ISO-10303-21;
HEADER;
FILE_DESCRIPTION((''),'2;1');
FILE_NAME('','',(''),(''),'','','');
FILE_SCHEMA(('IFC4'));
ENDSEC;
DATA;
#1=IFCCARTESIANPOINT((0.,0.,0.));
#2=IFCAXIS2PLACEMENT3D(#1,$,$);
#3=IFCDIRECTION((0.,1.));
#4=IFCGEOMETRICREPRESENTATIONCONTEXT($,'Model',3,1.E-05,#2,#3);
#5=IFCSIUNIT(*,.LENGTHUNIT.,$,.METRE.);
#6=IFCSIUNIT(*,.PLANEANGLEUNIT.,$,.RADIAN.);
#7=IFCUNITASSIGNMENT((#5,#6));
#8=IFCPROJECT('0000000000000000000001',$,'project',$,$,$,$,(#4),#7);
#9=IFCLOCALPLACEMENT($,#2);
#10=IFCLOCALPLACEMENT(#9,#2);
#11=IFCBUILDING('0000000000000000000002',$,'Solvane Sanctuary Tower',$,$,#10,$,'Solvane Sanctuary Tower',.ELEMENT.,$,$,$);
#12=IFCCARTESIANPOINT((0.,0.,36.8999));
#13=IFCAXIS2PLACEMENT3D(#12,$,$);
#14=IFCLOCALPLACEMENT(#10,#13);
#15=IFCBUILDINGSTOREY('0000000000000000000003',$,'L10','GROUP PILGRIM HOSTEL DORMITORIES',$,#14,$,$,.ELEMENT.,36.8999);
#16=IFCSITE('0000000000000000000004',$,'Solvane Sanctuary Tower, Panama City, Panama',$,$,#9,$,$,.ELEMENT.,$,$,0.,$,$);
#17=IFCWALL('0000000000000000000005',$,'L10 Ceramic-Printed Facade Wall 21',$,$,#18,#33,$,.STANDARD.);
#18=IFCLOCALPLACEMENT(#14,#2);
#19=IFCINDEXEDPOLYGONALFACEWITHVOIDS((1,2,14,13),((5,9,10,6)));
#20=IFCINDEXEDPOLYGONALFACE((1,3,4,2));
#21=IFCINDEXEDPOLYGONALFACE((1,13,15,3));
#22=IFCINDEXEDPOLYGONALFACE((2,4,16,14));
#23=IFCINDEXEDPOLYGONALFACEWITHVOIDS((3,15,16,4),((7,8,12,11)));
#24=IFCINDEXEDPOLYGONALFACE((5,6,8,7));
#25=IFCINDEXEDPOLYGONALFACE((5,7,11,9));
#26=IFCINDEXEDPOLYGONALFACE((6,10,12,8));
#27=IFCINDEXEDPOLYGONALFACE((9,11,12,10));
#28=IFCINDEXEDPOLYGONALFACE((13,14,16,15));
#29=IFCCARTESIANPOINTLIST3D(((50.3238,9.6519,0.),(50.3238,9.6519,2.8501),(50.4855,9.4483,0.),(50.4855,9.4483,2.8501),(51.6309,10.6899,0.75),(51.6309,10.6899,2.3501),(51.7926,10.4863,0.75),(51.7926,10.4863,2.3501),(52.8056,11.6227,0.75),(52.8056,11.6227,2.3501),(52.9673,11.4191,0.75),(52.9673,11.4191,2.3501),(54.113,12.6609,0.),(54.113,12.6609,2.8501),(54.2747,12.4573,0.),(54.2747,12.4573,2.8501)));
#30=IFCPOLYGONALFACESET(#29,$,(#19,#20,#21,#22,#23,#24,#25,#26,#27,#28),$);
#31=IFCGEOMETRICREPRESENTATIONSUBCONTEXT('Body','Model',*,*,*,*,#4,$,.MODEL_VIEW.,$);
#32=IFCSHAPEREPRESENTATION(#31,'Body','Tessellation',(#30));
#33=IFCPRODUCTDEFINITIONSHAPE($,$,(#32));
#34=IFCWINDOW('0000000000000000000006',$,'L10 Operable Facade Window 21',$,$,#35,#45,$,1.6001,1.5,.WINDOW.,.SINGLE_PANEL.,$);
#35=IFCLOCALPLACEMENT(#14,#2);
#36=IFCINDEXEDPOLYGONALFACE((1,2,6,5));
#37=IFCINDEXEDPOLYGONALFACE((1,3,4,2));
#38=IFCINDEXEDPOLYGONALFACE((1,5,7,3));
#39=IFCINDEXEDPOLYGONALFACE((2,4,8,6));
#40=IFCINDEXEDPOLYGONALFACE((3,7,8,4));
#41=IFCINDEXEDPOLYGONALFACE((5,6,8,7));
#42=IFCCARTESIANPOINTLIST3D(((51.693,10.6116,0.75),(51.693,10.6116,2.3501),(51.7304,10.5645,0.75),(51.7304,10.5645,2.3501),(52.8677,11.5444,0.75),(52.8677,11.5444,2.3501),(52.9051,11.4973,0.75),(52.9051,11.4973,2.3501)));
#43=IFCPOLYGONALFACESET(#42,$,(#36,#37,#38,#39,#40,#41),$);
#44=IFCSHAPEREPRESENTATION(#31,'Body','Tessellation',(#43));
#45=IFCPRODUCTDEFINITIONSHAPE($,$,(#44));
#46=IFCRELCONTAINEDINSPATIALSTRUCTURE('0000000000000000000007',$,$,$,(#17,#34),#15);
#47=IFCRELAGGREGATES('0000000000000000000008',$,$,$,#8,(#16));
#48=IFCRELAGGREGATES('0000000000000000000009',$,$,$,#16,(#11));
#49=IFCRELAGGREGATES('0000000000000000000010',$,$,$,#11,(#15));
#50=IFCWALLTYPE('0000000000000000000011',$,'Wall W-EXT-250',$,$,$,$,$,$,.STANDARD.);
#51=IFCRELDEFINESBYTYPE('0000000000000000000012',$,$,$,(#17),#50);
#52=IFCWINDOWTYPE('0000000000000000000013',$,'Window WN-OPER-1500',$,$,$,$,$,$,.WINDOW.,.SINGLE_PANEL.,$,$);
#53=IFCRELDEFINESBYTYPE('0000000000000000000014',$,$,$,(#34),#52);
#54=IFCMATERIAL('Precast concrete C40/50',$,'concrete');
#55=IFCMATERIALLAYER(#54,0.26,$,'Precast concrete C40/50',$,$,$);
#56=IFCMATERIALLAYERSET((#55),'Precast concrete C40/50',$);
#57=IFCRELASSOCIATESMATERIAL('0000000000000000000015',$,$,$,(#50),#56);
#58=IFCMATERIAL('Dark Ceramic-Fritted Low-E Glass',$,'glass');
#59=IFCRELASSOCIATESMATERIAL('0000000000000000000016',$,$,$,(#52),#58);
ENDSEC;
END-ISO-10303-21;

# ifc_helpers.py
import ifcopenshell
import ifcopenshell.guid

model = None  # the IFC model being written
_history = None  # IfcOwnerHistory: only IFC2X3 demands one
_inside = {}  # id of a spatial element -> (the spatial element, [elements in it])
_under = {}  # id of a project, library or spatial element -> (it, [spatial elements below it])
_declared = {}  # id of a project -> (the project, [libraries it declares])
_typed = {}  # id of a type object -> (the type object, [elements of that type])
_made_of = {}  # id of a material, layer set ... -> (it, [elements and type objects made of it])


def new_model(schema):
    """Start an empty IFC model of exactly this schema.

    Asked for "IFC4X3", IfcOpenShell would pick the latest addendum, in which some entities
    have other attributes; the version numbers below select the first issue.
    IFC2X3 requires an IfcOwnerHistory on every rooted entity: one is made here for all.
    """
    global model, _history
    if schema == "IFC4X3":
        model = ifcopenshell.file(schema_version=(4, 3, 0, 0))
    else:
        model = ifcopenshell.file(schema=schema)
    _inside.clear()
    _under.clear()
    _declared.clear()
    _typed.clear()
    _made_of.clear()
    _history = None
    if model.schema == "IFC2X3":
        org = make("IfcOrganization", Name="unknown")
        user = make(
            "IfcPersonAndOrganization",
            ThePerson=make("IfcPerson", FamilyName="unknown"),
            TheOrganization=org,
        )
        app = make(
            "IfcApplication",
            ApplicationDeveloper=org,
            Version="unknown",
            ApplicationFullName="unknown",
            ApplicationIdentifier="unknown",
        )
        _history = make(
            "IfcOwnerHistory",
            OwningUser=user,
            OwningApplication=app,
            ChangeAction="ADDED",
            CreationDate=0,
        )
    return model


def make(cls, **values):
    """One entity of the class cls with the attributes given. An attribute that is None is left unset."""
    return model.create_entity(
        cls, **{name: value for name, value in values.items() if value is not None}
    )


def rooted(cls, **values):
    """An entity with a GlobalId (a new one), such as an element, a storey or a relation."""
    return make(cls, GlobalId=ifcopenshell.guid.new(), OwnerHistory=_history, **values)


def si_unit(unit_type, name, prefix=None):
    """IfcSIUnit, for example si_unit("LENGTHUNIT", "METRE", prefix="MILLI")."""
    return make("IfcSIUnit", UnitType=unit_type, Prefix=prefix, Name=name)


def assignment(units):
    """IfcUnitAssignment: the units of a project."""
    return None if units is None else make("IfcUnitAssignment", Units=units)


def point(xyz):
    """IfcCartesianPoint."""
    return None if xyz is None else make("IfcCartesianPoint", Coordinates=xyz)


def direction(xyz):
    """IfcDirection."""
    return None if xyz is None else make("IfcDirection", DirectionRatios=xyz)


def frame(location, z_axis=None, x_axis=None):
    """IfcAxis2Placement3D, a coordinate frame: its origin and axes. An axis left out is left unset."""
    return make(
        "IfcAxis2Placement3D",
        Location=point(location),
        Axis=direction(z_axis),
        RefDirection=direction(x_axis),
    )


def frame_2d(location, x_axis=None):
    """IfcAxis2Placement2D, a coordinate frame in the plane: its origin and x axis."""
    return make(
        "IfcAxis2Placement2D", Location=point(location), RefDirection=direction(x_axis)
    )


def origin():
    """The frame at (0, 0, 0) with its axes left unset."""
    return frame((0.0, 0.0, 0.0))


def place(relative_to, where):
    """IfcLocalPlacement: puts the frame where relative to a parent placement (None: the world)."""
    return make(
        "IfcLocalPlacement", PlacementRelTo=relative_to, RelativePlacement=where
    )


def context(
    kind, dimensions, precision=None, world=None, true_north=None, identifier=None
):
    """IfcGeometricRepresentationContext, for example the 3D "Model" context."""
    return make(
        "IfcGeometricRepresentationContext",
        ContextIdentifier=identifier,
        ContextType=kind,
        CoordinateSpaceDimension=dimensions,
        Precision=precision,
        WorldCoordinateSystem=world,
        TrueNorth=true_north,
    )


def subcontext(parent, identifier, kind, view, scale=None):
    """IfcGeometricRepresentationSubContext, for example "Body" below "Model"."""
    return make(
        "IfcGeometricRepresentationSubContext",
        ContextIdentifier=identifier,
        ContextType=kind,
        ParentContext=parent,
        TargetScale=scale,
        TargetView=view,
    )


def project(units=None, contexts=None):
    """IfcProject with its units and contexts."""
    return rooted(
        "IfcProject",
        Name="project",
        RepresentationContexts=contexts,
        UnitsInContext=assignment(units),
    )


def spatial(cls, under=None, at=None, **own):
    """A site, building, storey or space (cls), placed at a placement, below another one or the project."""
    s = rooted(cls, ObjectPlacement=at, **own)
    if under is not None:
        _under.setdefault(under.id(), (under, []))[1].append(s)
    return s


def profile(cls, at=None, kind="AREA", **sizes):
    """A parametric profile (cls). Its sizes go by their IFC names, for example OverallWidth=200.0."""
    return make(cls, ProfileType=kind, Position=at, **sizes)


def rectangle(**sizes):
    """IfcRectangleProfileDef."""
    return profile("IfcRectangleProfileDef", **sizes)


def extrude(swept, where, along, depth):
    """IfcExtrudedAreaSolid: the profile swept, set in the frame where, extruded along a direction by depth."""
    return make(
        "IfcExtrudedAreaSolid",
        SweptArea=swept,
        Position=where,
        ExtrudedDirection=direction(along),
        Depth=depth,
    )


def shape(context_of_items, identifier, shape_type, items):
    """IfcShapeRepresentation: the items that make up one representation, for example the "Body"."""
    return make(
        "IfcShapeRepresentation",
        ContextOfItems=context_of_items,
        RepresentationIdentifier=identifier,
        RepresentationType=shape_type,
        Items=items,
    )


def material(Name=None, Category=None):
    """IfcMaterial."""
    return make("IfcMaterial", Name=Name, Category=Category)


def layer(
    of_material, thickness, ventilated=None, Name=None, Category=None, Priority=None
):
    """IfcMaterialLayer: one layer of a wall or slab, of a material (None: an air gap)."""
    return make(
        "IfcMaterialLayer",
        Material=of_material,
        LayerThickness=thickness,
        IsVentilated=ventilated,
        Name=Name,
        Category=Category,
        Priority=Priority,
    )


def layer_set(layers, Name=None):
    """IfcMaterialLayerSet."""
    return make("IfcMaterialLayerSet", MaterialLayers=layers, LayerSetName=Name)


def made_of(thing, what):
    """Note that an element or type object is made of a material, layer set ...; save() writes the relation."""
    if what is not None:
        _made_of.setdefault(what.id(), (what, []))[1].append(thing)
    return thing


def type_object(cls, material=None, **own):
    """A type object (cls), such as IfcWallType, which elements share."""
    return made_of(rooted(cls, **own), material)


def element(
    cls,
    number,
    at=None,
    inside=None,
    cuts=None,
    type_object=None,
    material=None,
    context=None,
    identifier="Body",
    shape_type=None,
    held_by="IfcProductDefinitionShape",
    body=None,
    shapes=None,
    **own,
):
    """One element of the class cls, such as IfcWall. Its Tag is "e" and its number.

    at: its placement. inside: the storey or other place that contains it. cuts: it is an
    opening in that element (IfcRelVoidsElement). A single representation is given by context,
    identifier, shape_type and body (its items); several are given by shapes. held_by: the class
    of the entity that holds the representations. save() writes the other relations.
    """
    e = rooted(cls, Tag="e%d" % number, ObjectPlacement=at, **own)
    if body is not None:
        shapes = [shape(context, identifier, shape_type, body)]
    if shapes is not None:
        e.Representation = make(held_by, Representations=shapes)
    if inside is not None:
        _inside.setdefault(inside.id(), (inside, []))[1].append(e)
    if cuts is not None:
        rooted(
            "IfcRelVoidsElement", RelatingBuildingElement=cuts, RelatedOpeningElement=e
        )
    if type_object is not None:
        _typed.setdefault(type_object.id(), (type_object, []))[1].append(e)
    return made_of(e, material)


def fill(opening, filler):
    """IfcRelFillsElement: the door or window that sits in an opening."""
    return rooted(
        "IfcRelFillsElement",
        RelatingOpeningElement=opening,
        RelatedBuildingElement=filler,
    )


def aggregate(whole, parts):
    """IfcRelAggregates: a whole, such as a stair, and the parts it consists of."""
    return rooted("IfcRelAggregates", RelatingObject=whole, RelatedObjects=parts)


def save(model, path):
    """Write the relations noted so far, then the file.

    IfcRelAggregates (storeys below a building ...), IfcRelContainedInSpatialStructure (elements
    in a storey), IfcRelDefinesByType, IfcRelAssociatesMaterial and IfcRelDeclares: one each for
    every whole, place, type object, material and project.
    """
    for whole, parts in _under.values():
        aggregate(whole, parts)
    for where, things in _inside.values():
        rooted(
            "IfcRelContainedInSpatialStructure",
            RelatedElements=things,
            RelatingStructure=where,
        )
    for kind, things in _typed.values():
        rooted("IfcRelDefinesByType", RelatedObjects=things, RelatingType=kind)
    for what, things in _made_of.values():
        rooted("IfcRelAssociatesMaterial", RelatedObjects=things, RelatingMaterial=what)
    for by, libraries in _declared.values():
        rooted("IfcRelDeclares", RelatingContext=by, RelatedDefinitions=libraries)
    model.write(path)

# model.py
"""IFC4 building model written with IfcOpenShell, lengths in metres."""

from ifc_helpers import new_model, si_unit, direction, frame, frame_2d, origin, place, context, subcontext, project, spatial, rectangle, extrude, material, layer, layer_set, type_object, element, fill, save


model = new_model("IFC4")

# Units and contexts
model_context = context("Model", 3, precision=1e-05, world=origin(), true_north=direction((0.0, 1.0)))
body_context = subcontext(model_context, "Body", "Model", "MODEL_VIEW")
ifc_project = project(units=[si_unit("LENGTHUNIT", "METRE"), si_unit("PLANEANGLEUNIT", "RADIAN")], contexts=[model_context])

# Site, building, storey
site_placement = place(None, origin())
site = spatial("IfcSite", under=ifc_project, at=site_placement, Name="Solvane Sanctuary Tower, Panama City, Panama", CompositionType="ELEMENT", RefElevation=0.0)
building_placement = place(site_placement, origin())
building = spatial("IfcBuilding", under=site, at=building_placement, Name="Solvane Sanctuary Tower", LongName="Solvane Sanctuary Tower", CompositionType="ELEMENT")
storey_placement = place(building_placement, frame((0.0, 0.0, 36.8999)))
storey = spatial("IfcBuildingStorey", under=building, at=storey_placement, Name="L10", Description="GROUP PILGRIM HOSTEL DORMITORIES", CompositionType="ELEMENT", Elevation=36.8999)

# Shared definitions
ifc_material_1 = material(Name="Dark Ceramic-Fritted Low-E Glass", Category="glass")

# Wall, opening, window
ifc_material_2 = material(Name="Precast concrete C40/50", Category="concrete")
ifc_layer_1 = layer(ifc_material_2, 0.26, Name="Precast concrete C40/50")
ifc_layer_set_1 = layer_set([ifc_layer_1], Name="Precast concrete C40/50")
wall_type_1 = type_object("IfcWallType", Name="Wall W-EXT-250", PredefinedType="STANDARD", material=ifc_layer_set_1)
wall_1_placement = place(storey_placement, frame((50.4045, 9.55, 0.0), z_axis=(0.0, 0.0, 1.0), x_axis=(0.783123, 0.621867, 0.0)))
wall_1 = element("IfcWall", 1, at=wall_1_placement, inside=storey, type_object=wall_type_1, Name="L10 Ceramic-Printed Facade Wall 21", PredefinedType="STANDARD", context=body_context, shape_type="SweptSolid", body=[
    extrude(rectangle(XDim=4.8386, YDim=0.26, at=frame_2d((2.4194, 0.0))), origin(), (0.0, 0.0, 1.0), 2.8501),
])
opening_1_placement = place(wall_1_placement, frame((1.6692, 0.0, 0.75)))
opening_1 = element("IfcOpeningElement", 2, at=opening_1_placement, cuts=wall_1, PredefinedType="OPENING", context=body_context, shape_type="SweptSolid", body=[
    extrude(rectangle(XDim=1.5, YDim=1.6001, at=frame_2d((0.75, 0.8))), frame((0.0, 0.1399, 0.0), z_axis=(0.0, -1.0, 0.0), x_axis=(1.0, 0.0, 0.0)), (0.0, 0.0, 1.0), 0.28),
])
window_type = type_object("IfcWindowType", Name="Window WN-OPER-1500", PartitioningType="SINGLE_PANEL", PredefinedType="WINDOW", material=ifc_material_1)
window_placement = place(opening_1_placement, origin())
window = element("IfcWindow", 3, at=window_placement, inside=storey, type_object=window_type, Name="L10 Operable Facade Window 21", OverallHeight=1.6001, OverallWidth=1.5, PartitioningType="SINGLE_PANEL", PredefinedType="WINDOW", context=body_context, shape_type="SweptSolid", body=[
    extrude(rectangle(XDim=1.5, YDim=1.6001, at=frame_2d((0.75, 0.8))), frame((0.0, 0.03, 0.0), z_axis=(0.0, -1.0, 0.0), x_axis=(1.0, 0.0, 0.0)), (0.0, 0.0, 1.0), 0.0601),
])
fill(opening_1, window)

save(model, "model.ifc")
